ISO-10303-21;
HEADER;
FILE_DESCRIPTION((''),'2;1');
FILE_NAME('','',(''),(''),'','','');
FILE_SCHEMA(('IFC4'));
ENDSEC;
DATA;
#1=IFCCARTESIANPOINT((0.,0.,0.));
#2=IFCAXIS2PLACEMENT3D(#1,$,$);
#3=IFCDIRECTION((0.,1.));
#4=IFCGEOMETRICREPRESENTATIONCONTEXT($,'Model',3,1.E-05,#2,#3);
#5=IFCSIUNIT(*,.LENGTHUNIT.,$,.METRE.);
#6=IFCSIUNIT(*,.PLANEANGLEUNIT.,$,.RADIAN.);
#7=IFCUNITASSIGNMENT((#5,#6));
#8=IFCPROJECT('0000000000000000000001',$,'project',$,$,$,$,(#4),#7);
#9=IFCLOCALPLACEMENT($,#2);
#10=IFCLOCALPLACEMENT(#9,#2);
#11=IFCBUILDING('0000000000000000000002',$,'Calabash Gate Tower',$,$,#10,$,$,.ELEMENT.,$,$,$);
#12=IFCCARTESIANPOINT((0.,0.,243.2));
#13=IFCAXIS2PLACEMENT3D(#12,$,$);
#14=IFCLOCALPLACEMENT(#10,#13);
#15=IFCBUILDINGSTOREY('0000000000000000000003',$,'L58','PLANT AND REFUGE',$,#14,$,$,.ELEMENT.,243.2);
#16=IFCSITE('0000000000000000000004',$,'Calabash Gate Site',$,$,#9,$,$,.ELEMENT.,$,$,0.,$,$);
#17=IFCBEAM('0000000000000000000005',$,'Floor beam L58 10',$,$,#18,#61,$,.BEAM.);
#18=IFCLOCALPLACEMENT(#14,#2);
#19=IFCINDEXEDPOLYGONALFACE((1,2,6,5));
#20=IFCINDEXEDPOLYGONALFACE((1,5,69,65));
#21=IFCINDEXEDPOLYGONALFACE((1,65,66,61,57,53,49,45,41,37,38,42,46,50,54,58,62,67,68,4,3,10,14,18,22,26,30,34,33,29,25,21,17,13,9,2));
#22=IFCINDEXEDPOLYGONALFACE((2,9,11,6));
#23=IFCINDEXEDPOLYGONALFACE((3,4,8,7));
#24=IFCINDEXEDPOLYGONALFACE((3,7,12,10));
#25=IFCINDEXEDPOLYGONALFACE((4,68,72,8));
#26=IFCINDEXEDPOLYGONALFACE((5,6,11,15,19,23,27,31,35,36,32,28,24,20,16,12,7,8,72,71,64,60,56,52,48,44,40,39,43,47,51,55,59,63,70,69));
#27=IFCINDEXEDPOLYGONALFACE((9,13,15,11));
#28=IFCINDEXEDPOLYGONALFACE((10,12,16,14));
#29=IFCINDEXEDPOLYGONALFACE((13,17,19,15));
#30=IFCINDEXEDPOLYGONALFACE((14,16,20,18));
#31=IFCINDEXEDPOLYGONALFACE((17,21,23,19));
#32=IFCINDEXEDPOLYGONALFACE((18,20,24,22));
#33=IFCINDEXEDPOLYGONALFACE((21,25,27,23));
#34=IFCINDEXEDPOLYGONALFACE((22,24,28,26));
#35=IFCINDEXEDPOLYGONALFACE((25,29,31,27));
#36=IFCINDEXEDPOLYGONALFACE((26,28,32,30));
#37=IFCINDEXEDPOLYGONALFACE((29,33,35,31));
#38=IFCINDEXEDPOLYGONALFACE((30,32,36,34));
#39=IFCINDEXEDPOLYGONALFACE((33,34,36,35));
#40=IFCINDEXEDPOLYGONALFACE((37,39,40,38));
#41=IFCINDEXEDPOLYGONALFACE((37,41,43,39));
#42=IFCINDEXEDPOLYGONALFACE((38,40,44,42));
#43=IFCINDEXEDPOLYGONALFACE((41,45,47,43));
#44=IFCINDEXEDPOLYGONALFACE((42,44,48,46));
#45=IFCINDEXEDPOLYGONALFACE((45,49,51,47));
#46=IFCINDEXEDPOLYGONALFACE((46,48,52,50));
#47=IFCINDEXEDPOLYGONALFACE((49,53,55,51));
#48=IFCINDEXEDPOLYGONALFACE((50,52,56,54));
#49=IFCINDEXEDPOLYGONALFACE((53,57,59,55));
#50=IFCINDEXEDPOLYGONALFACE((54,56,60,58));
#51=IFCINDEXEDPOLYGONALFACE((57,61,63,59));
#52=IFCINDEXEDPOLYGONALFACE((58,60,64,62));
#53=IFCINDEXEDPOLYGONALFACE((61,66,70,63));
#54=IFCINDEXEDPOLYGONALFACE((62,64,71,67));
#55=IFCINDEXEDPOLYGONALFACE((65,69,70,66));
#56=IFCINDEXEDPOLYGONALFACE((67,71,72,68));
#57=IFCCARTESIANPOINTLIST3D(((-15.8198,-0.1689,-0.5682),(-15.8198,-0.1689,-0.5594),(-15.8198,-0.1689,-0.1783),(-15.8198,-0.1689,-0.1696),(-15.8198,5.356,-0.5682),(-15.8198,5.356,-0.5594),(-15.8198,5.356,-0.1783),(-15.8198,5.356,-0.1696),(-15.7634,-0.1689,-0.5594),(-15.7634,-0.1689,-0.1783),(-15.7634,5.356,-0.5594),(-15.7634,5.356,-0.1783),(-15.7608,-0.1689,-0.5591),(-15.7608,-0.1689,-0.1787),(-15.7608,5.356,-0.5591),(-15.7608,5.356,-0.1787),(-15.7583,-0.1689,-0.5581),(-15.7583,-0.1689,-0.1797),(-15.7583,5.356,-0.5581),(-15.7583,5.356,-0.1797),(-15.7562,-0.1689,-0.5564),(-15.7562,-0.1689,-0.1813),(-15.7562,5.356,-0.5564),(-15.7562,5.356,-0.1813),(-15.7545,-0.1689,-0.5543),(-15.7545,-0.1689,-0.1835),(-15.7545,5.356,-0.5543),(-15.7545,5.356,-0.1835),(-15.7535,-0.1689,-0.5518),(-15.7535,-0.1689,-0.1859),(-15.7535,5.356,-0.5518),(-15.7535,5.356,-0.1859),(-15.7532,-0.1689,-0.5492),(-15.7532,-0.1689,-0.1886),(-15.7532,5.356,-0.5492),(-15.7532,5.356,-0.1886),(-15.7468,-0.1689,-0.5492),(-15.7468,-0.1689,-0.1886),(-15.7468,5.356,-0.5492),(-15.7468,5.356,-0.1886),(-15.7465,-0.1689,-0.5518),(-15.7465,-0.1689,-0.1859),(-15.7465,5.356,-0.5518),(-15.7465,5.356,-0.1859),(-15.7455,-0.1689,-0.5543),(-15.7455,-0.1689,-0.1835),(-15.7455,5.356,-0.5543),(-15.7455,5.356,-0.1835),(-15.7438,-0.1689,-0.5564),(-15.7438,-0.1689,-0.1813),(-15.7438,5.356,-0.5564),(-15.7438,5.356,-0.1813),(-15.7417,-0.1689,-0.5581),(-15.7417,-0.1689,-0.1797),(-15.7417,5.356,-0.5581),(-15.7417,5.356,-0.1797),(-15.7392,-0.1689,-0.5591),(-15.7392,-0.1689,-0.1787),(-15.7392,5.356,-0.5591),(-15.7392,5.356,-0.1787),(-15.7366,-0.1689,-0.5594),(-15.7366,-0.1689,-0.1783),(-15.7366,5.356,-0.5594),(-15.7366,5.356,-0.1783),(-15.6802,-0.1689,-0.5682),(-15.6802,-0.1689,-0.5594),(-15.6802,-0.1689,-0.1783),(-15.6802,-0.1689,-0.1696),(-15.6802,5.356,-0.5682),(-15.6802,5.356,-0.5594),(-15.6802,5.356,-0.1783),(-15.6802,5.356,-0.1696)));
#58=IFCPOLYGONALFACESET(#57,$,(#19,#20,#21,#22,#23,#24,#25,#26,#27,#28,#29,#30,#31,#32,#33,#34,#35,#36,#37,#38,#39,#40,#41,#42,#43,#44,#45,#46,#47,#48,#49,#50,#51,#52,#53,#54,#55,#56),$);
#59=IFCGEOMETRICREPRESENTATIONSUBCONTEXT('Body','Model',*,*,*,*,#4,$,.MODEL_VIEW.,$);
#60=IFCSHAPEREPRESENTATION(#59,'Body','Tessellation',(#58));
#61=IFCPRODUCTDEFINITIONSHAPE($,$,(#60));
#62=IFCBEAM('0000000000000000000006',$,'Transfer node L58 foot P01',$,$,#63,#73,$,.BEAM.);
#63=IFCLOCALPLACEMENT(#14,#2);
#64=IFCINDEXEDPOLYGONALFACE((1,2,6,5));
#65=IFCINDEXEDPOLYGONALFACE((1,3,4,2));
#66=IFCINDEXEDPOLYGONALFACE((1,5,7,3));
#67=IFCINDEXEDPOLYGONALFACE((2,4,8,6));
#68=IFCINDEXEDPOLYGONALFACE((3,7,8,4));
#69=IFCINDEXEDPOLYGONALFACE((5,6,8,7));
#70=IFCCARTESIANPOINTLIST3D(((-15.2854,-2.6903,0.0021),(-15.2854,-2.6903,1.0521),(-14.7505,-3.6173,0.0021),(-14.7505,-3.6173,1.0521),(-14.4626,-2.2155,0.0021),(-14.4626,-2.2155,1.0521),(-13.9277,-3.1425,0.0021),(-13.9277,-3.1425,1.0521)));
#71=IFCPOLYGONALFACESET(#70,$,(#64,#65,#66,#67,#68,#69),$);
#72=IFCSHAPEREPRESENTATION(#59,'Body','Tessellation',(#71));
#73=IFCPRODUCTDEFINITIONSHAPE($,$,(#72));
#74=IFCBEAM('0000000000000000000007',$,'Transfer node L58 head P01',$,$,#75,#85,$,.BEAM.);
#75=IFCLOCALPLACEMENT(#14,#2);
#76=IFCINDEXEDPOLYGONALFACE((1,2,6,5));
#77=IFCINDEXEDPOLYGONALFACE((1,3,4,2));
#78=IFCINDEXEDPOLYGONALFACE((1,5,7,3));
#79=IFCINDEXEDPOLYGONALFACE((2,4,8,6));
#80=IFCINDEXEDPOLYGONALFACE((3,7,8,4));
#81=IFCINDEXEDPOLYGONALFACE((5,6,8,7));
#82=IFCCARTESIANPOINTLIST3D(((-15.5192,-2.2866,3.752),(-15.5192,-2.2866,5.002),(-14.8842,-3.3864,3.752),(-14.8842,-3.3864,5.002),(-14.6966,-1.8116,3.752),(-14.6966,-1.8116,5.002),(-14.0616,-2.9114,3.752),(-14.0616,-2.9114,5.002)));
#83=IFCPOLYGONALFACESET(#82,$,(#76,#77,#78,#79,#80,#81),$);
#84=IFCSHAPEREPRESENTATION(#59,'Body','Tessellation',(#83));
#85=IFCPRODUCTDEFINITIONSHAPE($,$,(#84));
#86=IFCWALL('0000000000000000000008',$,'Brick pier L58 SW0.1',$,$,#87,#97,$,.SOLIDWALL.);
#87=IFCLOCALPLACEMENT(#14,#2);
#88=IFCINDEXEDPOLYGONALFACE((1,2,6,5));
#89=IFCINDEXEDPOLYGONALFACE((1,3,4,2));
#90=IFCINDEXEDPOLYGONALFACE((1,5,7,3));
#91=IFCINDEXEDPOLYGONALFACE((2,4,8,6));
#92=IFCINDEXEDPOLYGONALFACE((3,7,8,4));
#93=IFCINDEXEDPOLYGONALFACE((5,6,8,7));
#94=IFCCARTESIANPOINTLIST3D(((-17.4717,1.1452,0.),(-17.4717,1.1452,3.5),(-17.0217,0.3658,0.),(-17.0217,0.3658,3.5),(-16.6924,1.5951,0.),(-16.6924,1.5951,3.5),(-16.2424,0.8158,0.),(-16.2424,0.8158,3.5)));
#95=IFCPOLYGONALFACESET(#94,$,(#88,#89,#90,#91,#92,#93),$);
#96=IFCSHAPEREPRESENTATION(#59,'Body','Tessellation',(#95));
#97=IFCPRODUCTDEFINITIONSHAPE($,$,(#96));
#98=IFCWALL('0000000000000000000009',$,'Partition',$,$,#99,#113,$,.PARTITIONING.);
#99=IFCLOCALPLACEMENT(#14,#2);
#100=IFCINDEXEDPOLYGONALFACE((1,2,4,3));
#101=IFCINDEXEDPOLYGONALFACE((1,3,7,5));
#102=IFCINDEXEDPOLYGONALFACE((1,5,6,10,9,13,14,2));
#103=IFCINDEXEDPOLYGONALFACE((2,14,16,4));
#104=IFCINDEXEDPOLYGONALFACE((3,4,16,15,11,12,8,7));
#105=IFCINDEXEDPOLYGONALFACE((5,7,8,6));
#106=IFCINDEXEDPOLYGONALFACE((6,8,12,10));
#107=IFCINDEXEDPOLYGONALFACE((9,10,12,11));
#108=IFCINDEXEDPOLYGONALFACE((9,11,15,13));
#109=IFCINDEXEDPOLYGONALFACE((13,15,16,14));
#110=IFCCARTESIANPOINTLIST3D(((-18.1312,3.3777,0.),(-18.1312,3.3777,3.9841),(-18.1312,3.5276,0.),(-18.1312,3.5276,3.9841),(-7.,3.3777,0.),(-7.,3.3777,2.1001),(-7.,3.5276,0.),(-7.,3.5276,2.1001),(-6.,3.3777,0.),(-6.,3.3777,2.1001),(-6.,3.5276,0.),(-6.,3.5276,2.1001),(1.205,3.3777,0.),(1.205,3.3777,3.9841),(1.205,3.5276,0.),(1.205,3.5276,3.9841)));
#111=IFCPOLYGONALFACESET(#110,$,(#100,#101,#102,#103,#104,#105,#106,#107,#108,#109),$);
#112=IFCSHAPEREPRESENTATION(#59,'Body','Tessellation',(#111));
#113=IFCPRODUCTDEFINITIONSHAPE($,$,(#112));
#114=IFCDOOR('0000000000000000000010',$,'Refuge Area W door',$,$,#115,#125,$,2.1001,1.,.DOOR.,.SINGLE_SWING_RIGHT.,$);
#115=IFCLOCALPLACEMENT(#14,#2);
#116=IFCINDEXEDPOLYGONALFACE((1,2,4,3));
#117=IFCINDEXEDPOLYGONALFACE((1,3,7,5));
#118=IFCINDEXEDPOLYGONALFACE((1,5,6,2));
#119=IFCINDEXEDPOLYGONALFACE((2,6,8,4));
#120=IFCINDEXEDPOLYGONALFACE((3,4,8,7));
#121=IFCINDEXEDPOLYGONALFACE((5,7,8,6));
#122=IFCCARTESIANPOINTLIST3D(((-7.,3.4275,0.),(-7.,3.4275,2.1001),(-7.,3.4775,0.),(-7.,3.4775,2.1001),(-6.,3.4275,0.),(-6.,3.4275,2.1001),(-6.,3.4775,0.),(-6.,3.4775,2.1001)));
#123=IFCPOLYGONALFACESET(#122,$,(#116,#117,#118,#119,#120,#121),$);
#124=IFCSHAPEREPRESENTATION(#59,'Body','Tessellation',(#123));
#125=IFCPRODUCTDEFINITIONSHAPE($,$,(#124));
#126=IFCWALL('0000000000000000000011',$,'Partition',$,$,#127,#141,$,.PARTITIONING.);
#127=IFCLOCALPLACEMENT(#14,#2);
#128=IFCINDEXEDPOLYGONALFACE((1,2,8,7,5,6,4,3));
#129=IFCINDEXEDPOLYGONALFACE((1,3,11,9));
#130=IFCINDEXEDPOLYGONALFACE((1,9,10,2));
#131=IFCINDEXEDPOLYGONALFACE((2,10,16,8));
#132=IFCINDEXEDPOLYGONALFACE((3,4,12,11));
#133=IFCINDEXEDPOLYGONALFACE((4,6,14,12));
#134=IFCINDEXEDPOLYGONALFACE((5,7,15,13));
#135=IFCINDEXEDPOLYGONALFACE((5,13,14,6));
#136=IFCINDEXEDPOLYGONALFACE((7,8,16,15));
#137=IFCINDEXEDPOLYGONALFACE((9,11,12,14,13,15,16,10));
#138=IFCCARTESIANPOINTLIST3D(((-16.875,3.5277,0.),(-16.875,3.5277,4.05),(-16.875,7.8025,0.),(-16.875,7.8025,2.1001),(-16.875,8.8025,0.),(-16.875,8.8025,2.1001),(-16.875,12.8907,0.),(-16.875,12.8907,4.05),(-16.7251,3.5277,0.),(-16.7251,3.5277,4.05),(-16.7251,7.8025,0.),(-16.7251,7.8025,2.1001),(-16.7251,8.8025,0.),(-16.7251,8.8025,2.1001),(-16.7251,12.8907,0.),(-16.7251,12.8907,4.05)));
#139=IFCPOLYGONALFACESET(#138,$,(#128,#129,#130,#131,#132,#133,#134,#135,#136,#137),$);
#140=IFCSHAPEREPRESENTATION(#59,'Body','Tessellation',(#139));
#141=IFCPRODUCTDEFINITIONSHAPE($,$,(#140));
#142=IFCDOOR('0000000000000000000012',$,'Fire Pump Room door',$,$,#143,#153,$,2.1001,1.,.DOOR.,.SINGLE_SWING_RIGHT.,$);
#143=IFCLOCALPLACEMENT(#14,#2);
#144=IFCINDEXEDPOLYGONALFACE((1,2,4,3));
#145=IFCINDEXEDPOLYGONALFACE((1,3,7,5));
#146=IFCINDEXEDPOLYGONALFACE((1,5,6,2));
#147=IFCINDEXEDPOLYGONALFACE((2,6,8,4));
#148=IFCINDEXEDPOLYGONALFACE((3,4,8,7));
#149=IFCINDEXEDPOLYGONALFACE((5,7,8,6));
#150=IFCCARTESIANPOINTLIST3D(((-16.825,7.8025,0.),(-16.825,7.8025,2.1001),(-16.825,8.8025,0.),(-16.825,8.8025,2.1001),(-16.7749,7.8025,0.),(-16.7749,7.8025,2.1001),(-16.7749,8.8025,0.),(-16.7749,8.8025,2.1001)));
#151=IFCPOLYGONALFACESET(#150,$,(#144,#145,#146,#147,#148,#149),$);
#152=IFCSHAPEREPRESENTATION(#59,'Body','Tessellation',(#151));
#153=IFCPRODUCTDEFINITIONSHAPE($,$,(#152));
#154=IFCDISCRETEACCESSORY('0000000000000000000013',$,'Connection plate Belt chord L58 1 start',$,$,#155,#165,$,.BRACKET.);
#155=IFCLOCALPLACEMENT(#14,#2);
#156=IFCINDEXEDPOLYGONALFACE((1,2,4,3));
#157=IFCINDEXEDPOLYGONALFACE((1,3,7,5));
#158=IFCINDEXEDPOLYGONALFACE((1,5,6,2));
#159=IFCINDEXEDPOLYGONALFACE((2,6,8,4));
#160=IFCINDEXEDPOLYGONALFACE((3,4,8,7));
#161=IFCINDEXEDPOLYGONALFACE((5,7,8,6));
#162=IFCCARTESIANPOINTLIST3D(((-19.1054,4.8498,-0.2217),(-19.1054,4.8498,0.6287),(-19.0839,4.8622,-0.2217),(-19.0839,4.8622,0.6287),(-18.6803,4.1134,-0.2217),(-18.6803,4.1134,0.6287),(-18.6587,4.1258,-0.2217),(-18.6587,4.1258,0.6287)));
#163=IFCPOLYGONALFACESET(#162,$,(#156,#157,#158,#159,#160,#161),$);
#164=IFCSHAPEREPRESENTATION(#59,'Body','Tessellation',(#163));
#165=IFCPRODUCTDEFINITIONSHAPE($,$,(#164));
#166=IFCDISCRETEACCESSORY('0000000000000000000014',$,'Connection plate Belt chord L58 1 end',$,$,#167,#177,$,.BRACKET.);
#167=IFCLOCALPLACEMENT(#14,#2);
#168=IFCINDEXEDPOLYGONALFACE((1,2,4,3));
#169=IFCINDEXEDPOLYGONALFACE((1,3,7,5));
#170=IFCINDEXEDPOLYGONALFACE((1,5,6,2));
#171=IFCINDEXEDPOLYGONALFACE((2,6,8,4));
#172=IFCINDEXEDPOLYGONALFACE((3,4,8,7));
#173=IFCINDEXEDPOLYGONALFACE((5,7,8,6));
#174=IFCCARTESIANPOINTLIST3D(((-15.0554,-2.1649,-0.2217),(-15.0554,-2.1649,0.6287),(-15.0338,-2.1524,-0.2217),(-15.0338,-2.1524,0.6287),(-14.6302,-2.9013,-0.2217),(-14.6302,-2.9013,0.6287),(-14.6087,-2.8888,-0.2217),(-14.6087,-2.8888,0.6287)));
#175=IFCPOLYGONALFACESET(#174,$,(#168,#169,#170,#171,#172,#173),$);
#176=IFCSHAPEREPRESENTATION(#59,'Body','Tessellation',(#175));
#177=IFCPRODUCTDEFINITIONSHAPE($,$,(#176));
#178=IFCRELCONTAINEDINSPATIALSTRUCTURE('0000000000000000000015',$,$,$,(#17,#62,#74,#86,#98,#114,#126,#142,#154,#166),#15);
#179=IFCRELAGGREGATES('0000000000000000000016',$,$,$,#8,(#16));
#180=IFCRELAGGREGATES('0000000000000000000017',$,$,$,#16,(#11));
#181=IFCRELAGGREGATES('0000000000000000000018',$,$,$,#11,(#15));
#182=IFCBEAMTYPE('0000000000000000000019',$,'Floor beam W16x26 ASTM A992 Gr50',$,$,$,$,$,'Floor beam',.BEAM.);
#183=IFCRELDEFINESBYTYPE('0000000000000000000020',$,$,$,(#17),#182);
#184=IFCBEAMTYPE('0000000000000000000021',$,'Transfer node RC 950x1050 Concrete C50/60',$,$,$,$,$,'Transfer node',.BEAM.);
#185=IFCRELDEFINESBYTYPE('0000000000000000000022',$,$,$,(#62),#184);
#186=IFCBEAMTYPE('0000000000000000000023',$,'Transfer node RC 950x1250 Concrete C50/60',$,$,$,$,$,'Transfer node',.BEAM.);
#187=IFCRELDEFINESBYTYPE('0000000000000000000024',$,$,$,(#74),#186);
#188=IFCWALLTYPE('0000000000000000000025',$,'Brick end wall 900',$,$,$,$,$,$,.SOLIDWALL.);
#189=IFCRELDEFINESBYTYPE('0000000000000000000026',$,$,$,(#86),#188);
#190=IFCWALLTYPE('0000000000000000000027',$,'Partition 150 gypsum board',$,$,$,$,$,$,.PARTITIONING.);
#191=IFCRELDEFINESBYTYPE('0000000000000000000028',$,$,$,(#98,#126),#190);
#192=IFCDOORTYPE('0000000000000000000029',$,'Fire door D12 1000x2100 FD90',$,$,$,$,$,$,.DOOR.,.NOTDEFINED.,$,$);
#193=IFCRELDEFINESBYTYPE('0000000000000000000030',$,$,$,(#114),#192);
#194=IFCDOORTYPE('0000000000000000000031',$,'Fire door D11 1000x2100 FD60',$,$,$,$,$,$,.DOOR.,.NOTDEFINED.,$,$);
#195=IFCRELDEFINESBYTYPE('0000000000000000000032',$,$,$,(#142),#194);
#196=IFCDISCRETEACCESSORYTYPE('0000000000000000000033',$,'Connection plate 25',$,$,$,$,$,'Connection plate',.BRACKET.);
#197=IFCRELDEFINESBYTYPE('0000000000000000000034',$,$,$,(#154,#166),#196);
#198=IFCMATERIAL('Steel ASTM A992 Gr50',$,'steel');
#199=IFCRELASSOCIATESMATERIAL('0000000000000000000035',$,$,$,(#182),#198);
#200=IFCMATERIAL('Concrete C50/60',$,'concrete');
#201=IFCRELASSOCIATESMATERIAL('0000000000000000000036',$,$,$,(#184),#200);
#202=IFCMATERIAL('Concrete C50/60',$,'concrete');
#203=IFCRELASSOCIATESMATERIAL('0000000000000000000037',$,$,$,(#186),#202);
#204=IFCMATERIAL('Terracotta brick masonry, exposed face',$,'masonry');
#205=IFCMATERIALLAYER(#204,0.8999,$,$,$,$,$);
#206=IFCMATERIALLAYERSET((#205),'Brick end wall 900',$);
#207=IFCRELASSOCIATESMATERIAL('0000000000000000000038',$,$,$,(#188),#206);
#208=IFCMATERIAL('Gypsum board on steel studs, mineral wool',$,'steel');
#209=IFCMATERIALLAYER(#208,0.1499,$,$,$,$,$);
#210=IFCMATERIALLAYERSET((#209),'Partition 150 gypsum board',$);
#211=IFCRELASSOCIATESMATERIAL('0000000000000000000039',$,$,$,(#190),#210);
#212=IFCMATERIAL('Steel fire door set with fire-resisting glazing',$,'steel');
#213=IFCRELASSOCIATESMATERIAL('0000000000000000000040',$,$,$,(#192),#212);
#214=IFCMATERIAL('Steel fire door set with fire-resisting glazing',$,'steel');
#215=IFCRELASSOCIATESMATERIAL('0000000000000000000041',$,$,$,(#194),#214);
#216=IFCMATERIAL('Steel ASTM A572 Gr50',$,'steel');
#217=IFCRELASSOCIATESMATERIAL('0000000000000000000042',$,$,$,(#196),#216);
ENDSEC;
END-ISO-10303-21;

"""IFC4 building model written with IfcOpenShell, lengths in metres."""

from ifc_helpers import new_model, si_unit, direction, frame, frame_2d, origin, origin_2d, place, context, subcontext, project, spatial, rectangle, i_section, extrude, material, layer, layer_set, material_profile, profile_set, type_object, element, fill, save


model = new_model("IFC4")

# Units and contexts
model_context = context("Model", 3, precision=1e-05, world=origin(), true_north=direction((0.0, 1.0)))
body_context = subcontext(model_context, "Body", "Model", "MODEL_VIEW")
ifc_project = project(units=[si_unit("LENGTHUNIT", "METRE"), si_unit("PLANEANGLEUNIT", "RADIAN")], contexts=[model_context])

# Site, building, storey
site_placement = place(None, origin())
site = spatial("IfcSite", under=ifc_project, at=site_placement, Name="Calabash Gate Site", CompositionType="ELEMENT", RefElevation=0.0)
building_placement = place(site_placement, origin())
building = spatial("IfcBuilding", under=site, at=building_placement, Name="Calabash Gate Tower", CompositionType="ELEMENT")
storey_placement = place(building_placement, frame((0.0, 0.0, 243.2)))
storey = spatial("IfcBuildingStorey", under=building, at=storey_placement, Name="L58", Description="PLANT AND REFUGE", CompositionType="ELEMENT", Elevation=243.2)

# Beams
ifc_material_1 = material(Name="Steel ASTM A992 Gr50", Category="steel")
ifc_material_profile_1 = material_profile(ifc_material_1, i_section(OverallWidth=0.1396, OverallDepth=0.3987, WebThickness=0.0063, FlangeThickness=0.0088, FilletRadius=0.0103, at=origin_2d()))
ifc_profile_set_1 = profile_set([ifc_material_profile_1], Name="Steel ASTM A992 Gr50")
beam_type_1 = type_object("IfcBeamType", Name="Floor beam W16x26 ASTM A992 Gr50", ElementType="Floor beam", PredefinedType="BEAM", material=ifc_profile_set_1)
beam_1_placement = place(storey_placement, frame((-15.75, -0.1689, -0.3689), z_axis=(0.0, 1.0, 0.0), x_axis=(-1.0, 0.0, 0.0)))
element("IfcBeam", 1, at=beam_1_placement, inside=storey, type_object=beam_type_1, Name="Floor beam L58 10", PredefinedType="BEAM", context=body_context, shape_type="SweptSolid", body=[
    extrude(i_section(OverallWidth=0.1396, OverallDepth=0.3987, WebThickness=0.0063, FlangeThickness=0.0088, FilletRadius=0.0103, at=origin_2d()), origin(), (0.0, 0.0, 1.0), 5.5249),
])
ifc_material_2 = material(Name="Concrete C50/60", Category="concrete")
ifc_material_profile_2 = material_profile(ifc_material_2, rectangle(XDim=0.95, YDim=1.05, at=origin_2d()))
ifc_profile_set_2 = profile_set([ifc_material_profile_2], Name="Concrete C50/60")
beam_type_2 = type_object("IfcBeamType", Name="Transfer node RC 950x1050 Concrete C50/60", ElementType="Transfer node", PredefinedType="BEAM", material=ifc_profile_set_2)
beam_2_placement = place(storey_placement, frame((-14.874, -2.4529, 0.5271), z_axis=(0.499795, -0.866144, 0.0), x_axis=(0.866144, 0.499795, 0.0)))
element("IfcBeam", 2, at=beam_2_placement, inside=storey, type_object=beam_type_2, Name="Transfer node L58 foot P01", PredefinedType="BEAM", context=body_context, shape_type="SweptSolid", body=[
    extrude(rectangle(XDim=0.95, YDim=1.05, at=origin_2d()), origin(), (0.0, 0.0, 1.0), 1.0703),
])
ifc_material_3 = material(Name="Concrete C50/60", Category="concrete")
ifc_material_profile_3 = material_profile(ifc_material_3, rectangle(XDim=0.95, YDim=1.25, at=origin_2d()))
ifc_profile_set_3 = profile_set([ifc_material_profile_3], Name="Concrete C50/60")
beam_type_3 = type_object("IfcBeamType", Name="Transfer node RC 950x1250 Concrete C50/60", ElementType="Transfer node", PredefinedType="BEAM", material=ifc_profile_set_3)
beam_3_placement = place(storey_placement, frame((-15.1079, -2.0491, 4.377), z_axis=(0.500005, -0.866022, 0.0), x_axis=(0.866022, 0.500005, 0.0)))
element("IfcBeam", 3, at=beam_3_placement, inside=storey, type_object=beam_type_3, Name="Transfer node L58 head P01", PredefinedType="BEAM", context=body_context, shape_type="SweptSolid", body=[
    extrude(rectangle(XDim=0.95, YDim=1.25, at=origin_2d()), origin(), (0.0, 0.0, 1.0), 1.27),
])

# Wall
ifc_material_4 = material(Name="Terracotta brick masonry, exposed face", Category="masonry")
ifc_layer_1 = layer(ifc_material_4, 0.8999)
ifc_layer_set_1 = layer_set([ifc_layer_1], Name="Brick end wall 900")
wall_type_1 = type_object("IfcWallType", Name="Brick end wall 900", PredefinedType="SOLIDWALL", material=ifc_layer_set_1)
wall_1_placement = place(storey_placement, frame((-16.6321, 0.5908, 0.0), z_axis=(0.0, 0.0, 1.0), x_axis=(-0.50002, 0.866014, 0.0)))
element("IfcWall", 4, at=wall_1_placement, inside=storey, type_object=wall_type_1, Name="Brick pier L58 SW0.1", PredefinedType="SOLIDWALL", context=body_context, shape_type="SweptSolid", body=[
    extrude(rectangle(XDim=0.8999, YDim=0.8999, at=frame_2d((0.45, 0.0))), origin(), (0.0, 0.0, 1.0), 3.5),
])

# Walls, openings, doors
ifc_material_5 = material(Name="Gypsum board on steel studs, mineral wool", Category="steel")
ifc_layer_2 = layer(ifc_material_5, 0.1499)
ifc_layer_set_2 = layer_set([ifc_layer_2], Name="Partition 150 gypsum board")
wall_type_2 = type_object("IfcWallType", Name="Partition 150 gypsum board", PredefinedType="PARTITIONING", material=ifc_layer_set_2)
wall_2_placement = place(storey_placement, frame((-18.1311, 3.4526, 0.0), z_axis=(0.0, 0.0, 1.0), x_axis=(1.0, 0.0, 0.0)))
wall_2 = element("IfcWall", 5, at=wall_2_placement, inside=storey, type_object=wall_type_2, Name="Partition", PredefinedType="PARTITIONING", context=body_context, shape_type="SweptSolid", body=[
    extrude(rectangle(XDim=19.3362, YDim=0.1499, at=frame_2d((9.668, 0.0))), origin(), (0.0, 0.0, 1.0), 3.9841),
])
opening_1_placement = place(wall_2_placement, frame((11.1311, 0.0, 0.0)))
opening_1 = element("IfcOpeningElement", 6, at=opening_1_placement, cuts=wall_2, PredefinedType="OPENING", context=body_context, shape_type="SweptSolid", body=[
    extrude(rectangle(XDim=1.0, YDim=2.1001, at=frame_2d((0.5, 1.05))), frame((0.0, 0.085, 0.0), z_axis=(0.0, -1.0, 0.0), x_axis=(1.0, 0.0, 0.0)), (0.0, 0.0, 1.0), 0.1699),
])
ifc_material_6 = material(Name="Steel fire door set with fire-resisting glazing", Category="steel")
door_type_1 = type_object("IfcDoorType", Name="Fire door D12 1000x2100 FD90", OperationType="NOTDEFINED", PredefinedType="DOOR", material=ifc_material_6)
door_1_placement = place(opening_1_placement, origin())
door_1 = element("IfcDoor", 7, at=door_1_placement, inside=storey, type_object=door_type_1, Name="Refuge Area W door", OperationType="SINGLE_SWING_RIGHT", OverallHeight=2.1001, OverallWidth=1.0, PredefinedType="DOOR", context=body_context, shape_type="SweptSolid", body=[
    extrude(rectangle(XDim=1.0, YDim=2.1001, at=frame_2d((0.5, 1.05))), frame((0.0, 0.0249, 0.0), z_axis=(0.0, -1.0, 0.0), x_axis=(1.0, 0.0, 0.0)), (0.0, 0.0, 1.0), 0.05),
])
fill(opening_1, door_1)
wall_3_placement = place(storey_placement, frame((-16.8, 3.5276, 0.0), z_axis=(0.0, 0.0, 1.0), x_axis=(0.0, 1.0, 0.0)))
wall_3 = element("IfcWall", 8, at=wall_3_placement, inside=storey, type_object=wall_type_2, Name="Partition", PredefinedType="PARTITIONING", context=body_context, shape_type="SweptSolid", body=[
    extrude(rectangle(XDim=9.363, YDim=0.1499, at=frame_2d((4.6816, 0.0))), origin(), (0.0, 0.0, 1.0), 4.05),
])
opening_2_placement = place(wall_3_placement, frame((4.2749, 0.0, 0.0)))
opening_2 = element("IfcOpeningElement", 9, at=opening_2_placement, cuts=wall_3, PredefinedType="OPENING", context=body_context, shape_type="SweptSolid", body=[
    extrude(rectangle(XDim=1.0, YDim=2.1001, at=frame_2d((0.5, 1.05))), frame((0.0, 0.085, 0.0), z_axis=(0.0, -1.0, 0.0), x_axis=(1.0, 0.0, 0.0)), (0.0, 0.0, 1.0), 0.1699),
])
ifc_material_7 = material(Name="Steel fire door set with fire-resisting glazing", Category="steel")
door_type_2 = type_object("IfcDoorType", Name="Fire door D11 1000x2100 FD60", OperationType="NOTDEFINED", PredefinedType="DOOR", material=ifc_material_7)
door_2_placement = place(opening_2_placement, origin())
door_2 = element("IfcDoor", 10, at=door_2_placement, inside=storey, type_object=door_type_2, Name="Fire Pump Room door", OperationType="SINGLE_SWING_RIGHT", OverallHeight=2.1001, OverallWidth=1.0, PredefinedType="DOOR", context=body_context, shape_type="SweptSolid", body=[
    extrude(rectangle(XDim=1.0, YDim=2.1001, at=frame_2d((0.5, 1.05))), frame((0.0, 0.0249, 0.0), z_axis=(0.0, -1.0, 0.0), x_axis=(1.0, 0.0, 0.0)), (0.0, 0.0, 1.0), 0.05),
])
fill(opening_2, door_2)

# Discrete accessories
ifc_material_8 = material(Name="Steel ASTM A572 Gr50", Category="steel")
discrete_accessory_type = type_object("IfcDiscreteAccessoryType", Name="Connection plate 25", ElementType="Connection plate", PredefinedType="BRACKET", material=ifc_material_8)
for number, where, z_axis, x_axis, name in (
    (11, (-18.8821, 4.4878, -0.2217), (0.0, 0.0, 1.0), (0.5, -0.866025, 0.0), "Connection plate Belt chord L58 1 start"),
    (12, (-14.832, -2.5269, -0.2217), (0.0, 0.0, 1.0), (0.5, -0.866025, 0.0), "Connection plate Belt chord L58 1 end"),
):
    element("IfcDiscreteAccessory", number, at=place(storey_placement, frame(where, z_axis=z_axis, x_axis=x_axis)), inside=storey, type_object=discrete_accessory_type, Name=name, PredefinedType="BRACKET", context=body_context, shape_type="SweptSolid", body=[
        extrude(rectangle(XDim=0.8503, YDim=0.0249, at=origin_2d()), origin(), (0.0, 0.0, 1.0), 0.8503),
    ])

save(model, "model.ifc")
